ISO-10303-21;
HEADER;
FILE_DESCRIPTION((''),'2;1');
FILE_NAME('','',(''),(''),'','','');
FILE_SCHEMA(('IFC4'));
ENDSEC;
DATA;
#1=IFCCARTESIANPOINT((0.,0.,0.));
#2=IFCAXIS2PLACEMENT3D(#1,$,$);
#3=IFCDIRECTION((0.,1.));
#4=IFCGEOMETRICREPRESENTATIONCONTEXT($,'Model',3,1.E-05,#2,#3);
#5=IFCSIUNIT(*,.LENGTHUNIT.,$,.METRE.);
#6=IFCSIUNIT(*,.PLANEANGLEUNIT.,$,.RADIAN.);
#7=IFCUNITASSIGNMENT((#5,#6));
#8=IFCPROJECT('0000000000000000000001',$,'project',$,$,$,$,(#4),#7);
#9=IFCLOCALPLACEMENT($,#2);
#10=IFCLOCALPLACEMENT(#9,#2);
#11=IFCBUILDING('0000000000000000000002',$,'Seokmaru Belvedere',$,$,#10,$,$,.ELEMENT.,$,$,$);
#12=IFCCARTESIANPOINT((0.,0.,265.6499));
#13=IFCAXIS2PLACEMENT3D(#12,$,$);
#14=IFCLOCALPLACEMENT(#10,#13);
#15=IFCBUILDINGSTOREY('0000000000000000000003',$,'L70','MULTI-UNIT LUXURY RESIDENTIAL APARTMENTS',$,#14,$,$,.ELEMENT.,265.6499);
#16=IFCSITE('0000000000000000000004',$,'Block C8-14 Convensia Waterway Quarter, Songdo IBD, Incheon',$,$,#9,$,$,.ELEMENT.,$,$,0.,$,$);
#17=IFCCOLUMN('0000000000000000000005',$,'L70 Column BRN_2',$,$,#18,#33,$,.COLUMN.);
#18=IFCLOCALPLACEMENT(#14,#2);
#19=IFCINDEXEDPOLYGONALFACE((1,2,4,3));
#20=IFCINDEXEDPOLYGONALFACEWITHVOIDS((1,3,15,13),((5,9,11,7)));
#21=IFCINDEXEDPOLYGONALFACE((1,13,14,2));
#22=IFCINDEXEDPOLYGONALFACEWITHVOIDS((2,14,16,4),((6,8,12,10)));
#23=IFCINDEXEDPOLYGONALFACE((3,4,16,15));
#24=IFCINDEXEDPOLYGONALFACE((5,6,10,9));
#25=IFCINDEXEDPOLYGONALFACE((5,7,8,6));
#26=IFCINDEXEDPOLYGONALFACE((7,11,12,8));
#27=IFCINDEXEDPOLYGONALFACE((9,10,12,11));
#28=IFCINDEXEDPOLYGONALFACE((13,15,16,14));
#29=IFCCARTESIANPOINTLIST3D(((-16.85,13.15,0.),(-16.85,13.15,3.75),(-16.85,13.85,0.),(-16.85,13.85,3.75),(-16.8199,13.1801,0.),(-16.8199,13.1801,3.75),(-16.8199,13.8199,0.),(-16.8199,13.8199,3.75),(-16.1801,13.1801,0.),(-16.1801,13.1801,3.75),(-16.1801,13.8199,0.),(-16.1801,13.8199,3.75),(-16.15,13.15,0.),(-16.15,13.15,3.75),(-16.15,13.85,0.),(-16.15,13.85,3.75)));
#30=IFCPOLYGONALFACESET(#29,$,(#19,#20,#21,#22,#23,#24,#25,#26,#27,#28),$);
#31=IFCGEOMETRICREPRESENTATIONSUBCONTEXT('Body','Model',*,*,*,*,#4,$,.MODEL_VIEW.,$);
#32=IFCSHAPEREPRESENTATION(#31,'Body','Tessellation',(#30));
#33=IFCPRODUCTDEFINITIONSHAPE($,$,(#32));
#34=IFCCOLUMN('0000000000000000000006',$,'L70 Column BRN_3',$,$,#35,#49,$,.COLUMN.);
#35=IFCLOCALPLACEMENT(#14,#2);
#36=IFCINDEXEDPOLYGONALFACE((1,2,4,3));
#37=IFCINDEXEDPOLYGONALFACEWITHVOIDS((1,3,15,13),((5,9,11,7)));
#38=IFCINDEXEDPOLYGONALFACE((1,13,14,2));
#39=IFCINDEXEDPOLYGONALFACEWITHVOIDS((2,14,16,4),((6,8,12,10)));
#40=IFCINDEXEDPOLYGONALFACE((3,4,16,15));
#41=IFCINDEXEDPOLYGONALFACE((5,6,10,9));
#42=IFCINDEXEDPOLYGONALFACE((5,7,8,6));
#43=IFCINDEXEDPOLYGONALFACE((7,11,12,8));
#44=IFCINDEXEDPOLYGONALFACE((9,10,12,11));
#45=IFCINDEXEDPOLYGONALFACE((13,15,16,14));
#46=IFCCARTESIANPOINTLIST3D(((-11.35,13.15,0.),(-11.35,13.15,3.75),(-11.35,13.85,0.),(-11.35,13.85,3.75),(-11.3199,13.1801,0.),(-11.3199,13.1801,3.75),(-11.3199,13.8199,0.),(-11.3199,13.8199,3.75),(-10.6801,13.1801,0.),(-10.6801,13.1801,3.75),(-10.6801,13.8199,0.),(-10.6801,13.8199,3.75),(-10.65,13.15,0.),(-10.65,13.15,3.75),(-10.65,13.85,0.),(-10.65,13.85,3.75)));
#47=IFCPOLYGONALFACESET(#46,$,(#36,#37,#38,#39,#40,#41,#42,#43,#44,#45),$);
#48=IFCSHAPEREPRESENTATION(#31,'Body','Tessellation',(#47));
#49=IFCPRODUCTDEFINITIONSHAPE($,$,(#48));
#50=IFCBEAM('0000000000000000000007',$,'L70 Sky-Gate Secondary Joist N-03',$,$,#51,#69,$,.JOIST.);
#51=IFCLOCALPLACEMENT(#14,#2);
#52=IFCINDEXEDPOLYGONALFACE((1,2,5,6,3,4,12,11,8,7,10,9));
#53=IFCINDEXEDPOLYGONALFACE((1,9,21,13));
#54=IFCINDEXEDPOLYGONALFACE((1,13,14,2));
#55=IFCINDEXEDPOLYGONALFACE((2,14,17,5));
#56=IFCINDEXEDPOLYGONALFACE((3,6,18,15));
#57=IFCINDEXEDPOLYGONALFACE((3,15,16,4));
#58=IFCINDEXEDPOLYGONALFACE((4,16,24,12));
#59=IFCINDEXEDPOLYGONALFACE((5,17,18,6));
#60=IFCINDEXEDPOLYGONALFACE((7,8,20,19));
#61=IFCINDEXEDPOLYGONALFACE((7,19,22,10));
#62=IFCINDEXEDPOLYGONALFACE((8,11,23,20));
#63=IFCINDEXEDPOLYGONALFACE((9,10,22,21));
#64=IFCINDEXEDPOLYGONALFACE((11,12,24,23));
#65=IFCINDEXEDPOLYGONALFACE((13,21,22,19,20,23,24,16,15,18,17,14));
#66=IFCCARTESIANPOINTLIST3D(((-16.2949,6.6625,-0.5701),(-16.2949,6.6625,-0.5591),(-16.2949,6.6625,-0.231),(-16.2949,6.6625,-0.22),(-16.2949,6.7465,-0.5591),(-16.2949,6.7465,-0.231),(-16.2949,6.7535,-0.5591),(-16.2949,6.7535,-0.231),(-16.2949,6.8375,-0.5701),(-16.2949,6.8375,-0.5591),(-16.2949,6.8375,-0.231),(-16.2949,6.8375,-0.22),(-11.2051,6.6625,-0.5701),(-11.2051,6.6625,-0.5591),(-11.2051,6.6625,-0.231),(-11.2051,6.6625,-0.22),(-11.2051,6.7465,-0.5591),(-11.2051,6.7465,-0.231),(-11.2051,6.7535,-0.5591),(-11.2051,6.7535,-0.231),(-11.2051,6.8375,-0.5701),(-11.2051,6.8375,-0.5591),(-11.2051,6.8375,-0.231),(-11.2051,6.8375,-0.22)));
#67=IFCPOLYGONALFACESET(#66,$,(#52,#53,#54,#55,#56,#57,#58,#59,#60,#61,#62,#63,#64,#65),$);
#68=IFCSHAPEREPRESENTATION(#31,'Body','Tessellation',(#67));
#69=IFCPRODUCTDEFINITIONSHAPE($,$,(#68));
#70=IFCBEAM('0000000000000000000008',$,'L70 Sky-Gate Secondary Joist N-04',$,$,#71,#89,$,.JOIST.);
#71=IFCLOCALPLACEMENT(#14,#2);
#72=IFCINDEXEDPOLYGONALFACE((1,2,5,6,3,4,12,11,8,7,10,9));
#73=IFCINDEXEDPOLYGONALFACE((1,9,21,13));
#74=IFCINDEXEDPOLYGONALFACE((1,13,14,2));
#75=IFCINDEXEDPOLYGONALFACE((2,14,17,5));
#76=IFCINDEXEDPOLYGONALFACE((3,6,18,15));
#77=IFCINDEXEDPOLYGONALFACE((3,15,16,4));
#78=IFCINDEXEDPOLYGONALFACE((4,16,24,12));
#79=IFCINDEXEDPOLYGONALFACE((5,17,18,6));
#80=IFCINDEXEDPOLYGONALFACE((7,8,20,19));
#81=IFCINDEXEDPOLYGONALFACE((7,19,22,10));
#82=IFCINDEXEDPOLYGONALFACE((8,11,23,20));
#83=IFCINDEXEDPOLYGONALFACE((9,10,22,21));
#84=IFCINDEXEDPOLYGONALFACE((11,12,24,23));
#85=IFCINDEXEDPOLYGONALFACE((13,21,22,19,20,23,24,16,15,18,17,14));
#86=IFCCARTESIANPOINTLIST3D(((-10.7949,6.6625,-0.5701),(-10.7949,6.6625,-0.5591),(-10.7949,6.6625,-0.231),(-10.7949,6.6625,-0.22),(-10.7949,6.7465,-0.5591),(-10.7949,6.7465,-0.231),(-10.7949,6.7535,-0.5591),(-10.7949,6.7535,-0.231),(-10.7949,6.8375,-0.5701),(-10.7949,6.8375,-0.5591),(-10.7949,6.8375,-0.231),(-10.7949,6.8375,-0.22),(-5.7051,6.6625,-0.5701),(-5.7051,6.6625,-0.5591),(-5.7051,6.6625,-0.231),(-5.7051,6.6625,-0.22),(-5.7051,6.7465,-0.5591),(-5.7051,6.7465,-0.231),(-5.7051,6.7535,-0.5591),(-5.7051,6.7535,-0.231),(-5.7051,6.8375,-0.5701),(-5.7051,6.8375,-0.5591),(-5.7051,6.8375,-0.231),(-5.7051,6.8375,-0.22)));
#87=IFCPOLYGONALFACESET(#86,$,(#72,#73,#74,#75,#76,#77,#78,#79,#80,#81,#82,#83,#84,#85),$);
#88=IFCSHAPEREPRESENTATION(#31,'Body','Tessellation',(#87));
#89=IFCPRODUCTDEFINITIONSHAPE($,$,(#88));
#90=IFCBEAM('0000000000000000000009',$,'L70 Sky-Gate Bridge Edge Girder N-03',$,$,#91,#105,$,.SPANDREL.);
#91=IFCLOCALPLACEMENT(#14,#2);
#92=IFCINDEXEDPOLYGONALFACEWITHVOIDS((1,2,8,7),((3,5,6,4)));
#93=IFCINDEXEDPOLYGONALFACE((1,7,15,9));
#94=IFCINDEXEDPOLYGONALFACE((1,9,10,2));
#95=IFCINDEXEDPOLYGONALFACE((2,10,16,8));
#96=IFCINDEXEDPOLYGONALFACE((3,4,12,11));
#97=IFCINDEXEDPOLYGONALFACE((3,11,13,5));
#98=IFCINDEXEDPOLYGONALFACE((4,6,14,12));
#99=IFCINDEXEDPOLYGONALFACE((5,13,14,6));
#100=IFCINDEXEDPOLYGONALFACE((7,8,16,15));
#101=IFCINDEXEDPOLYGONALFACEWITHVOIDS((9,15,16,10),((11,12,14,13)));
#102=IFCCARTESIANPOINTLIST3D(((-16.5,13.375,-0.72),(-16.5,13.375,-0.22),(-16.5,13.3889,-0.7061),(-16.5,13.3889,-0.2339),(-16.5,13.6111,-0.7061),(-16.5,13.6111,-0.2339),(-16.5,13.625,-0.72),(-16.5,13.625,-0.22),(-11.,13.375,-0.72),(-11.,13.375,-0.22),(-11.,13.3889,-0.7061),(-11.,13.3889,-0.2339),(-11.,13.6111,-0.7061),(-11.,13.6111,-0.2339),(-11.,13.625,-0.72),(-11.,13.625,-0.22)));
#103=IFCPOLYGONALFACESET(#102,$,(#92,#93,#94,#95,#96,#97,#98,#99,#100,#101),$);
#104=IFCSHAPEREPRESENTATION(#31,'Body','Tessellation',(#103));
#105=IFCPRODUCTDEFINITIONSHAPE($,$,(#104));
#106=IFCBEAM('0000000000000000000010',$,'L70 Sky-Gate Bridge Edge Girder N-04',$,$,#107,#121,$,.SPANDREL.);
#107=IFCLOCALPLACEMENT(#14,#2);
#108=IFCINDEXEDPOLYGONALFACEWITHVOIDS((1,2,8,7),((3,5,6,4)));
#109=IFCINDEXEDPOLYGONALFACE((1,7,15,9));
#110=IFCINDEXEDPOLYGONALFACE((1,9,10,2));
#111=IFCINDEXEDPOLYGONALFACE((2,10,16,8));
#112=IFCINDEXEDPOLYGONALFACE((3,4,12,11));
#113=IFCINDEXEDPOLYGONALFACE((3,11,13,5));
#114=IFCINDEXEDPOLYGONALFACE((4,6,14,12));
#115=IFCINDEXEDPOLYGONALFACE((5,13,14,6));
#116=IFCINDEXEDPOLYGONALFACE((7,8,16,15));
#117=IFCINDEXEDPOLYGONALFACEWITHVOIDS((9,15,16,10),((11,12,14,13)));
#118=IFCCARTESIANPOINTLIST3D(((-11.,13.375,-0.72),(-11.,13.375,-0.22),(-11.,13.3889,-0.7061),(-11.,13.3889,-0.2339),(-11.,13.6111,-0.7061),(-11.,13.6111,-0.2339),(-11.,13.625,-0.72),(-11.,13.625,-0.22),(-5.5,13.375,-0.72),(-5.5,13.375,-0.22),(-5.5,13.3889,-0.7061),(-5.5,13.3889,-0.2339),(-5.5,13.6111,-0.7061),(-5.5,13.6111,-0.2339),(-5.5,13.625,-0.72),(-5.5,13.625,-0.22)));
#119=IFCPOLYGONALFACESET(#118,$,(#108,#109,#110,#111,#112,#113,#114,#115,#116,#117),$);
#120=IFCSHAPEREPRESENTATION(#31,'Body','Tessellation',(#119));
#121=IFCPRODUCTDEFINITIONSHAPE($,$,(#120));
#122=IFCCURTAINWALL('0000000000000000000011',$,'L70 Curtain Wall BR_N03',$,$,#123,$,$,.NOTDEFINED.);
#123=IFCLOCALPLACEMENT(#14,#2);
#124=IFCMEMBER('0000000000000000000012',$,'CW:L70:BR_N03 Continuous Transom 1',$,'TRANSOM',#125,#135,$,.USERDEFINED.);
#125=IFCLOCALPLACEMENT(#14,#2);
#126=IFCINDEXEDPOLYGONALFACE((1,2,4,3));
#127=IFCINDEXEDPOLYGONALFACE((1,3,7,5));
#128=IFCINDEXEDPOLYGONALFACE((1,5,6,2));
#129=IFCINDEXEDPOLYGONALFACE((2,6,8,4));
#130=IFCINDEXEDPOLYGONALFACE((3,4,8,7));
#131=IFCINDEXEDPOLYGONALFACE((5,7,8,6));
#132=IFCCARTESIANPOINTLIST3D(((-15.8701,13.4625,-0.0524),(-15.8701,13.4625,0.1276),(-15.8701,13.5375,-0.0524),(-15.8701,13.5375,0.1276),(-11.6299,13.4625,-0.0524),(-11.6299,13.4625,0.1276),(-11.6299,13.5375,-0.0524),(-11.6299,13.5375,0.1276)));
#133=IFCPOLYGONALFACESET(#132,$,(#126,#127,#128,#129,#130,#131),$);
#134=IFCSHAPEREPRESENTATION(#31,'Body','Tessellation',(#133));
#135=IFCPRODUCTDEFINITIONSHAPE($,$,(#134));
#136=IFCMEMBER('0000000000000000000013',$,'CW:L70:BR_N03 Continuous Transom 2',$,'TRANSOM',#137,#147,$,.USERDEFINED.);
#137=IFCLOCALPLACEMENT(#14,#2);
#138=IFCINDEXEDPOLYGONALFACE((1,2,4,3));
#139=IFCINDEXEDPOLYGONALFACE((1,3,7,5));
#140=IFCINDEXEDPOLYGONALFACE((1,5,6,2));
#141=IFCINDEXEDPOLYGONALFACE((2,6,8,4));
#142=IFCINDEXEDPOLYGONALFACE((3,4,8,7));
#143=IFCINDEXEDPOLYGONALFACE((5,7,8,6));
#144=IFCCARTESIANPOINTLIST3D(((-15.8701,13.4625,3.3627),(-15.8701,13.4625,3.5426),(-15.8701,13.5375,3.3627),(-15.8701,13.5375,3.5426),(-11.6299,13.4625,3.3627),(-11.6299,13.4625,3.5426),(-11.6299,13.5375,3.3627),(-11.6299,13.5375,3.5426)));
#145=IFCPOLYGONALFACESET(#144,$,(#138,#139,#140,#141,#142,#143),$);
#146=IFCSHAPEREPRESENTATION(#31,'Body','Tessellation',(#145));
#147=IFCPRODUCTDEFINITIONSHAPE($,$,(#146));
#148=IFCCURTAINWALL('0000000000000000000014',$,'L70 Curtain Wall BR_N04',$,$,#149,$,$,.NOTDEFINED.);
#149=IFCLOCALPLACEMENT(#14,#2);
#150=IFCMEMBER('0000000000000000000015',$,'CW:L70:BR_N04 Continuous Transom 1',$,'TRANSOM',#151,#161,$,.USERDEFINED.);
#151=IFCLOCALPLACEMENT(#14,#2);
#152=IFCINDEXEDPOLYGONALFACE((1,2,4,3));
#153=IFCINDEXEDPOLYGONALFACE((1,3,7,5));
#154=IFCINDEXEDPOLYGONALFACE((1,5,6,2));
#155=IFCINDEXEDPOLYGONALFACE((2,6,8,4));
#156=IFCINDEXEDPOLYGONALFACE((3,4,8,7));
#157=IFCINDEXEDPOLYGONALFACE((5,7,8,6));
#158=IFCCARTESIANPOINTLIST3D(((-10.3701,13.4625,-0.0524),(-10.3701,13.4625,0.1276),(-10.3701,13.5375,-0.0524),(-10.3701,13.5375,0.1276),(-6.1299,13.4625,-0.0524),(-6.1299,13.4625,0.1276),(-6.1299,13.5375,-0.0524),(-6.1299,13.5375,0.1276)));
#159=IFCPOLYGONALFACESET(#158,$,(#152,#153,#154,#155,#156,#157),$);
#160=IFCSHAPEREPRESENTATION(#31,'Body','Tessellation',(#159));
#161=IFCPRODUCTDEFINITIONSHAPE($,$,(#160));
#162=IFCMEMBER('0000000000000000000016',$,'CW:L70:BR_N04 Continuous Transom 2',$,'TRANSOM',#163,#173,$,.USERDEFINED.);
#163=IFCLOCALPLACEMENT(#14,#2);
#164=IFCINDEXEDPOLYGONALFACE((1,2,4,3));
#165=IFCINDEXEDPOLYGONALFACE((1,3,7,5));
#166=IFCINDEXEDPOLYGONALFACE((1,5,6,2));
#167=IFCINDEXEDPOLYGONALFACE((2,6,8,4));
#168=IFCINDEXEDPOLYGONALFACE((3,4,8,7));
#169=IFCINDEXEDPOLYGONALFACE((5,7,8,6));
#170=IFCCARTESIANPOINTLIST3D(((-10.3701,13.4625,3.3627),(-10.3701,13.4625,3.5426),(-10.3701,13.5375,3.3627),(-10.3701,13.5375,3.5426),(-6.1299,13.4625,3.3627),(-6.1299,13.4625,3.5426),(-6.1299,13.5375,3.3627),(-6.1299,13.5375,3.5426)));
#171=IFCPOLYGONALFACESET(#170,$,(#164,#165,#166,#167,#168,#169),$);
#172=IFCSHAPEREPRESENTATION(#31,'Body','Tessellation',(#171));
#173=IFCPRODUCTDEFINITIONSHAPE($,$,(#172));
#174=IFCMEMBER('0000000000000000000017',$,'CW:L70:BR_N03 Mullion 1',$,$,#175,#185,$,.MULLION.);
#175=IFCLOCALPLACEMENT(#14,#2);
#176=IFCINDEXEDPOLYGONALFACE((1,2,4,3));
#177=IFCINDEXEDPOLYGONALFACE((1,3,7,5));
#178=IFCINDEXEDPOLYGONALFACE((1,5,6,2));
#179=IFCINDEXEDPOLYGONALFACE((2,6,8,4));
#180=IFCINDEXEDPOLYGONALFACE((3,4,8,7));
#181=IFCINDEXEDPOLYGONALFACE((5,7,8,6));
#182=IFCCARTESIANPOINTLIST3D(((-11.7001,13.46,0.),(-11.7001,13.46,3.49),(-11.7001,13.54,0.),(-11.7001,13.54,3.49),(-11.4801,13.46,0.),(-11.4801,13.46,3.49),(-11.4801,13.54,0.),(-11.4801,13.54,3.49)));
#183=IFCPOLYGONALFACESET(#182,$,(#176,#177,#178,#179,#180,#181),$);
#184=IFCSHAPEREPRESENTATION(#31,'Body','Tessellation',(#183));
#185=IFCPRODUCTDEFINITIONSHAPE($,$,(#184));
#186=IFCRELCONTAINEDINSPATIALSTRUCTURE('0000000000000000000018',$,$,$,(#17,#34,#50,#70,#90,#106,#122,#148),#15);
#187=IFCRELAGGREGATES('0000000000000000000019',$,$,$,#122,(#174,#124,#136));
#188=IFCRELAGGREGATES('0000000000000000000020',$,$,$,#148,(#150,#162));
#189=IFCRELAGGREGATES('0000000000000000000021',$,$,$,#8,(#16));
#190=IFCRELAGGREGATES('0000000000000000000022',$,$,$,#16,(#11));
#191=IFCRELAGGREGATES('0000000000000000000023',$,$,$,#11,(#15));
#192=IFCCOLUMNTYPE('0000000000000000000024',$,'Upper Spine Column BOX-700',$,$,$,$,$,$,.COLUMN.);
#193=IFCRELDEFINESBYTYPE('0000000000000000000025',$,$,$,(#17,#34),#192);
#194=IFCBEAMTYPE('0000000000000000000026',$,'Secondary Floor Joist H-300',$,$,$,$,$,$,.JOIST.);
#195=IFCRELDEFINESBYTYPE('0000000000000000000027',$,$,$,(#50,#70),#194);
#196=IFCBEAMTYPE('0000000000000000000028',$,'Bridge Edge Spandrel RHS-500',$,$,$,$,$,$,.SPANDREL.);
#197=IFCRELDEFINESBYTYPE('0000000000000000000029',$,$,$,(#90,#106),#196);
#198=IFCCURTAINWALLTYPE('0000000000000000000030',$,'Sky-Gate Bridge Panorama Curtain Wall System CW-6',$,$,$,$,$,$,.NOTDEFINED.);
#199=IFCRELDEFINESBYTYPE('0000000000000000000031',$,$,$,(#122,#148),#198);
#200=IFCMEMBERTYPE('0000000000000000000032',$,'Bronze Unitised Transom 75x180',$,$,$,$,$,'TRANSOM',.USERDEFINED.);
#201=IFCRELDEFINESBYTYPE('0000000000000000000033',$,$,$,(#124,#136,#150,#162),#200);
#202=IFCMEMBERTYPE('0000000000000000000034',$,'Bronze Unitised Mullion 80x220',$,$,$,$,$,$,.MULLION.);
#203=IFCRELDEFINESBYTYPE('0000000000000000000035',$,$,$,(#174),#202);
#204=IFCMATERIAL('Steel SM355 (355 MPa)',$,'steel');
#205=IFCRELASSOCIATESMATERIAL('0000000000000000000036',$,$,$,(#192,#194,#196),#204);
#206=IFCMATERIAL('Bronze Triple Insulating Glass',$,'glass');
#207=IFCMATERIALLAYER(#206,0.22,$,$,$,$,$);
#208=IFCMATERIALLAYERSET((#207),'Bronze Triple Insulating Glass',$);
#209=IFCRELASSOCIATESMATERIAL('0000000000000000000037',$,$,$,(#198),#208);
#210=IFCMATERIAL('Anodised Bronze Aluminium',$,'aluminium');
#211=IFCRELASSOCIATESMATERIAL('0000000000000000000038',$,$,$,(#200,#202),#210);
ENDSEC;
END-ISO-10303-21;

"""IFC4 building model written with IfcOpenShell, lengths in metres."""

from ifc_helpers import new_model, si_unit, direction, frame, origin, origin_2d, place, context, subcontext, project, spatial, rectangle, hollow_rectangle, i_section, extrude, source, transform, mapped, material, layer, layer_set, material_profile, profile_set, type_object, type_shapes, element, aggregate, save


model = new_model("IFC4")

# Units and contexts
model_context = context("Model", 3, precision=1e-05, world=origin(), true_north=direction((0.0, 1.0)))
body_context = subcontext(model_context, "Body", "Model", "MODEL_VIEW")
ifc_project = project(units=[si_unit("LENGTHUNIT", "METRE"), si_unit("PLANEANGLEUNIT", "RADIAN")], contexts=[model_context])

# Site, building, storey
site_placement = place(None, origin())
site = spatial("IfcSite", under=ifc_project, at=site_placement, Name="Block C8-14 Convensia Waterway Quarter, Songdo IBD, Incheon", CompositionType="ELEMENT", RefElevation=0.0)
building_placement = place(site_placement, origin())
building = spatial("IfcBuilding", under=site, at=building_placement, Name="Seokmaru Belvedere", CompositionType="ELEMENT")
storey_placement = place(building_placement, frame((0.0, 0.0, 265.6499)))
storey = spatial("IfcBuildingStorey", under=building, at=storey_placement, Name="L70", Description="MULTI-UNIT LUXURY RESIDENTIAL APARTMENTS", CompositionType="ELEMENT", Elevation=265.6499)

# Columns
ifc_material_1 = material(Name="Steel SM355 (355 MPa)", Category="steel")
ifc_material_profile_1 = material_profile(ifc_material_1, hollow_rectangle(XDim=0.7, YDim=0.7, WallThickness=0.03, at=origin_2d()), Name="BOX-700x700x30")
ifc_profile_set_1 = profile_set([ifc_material_profile_1], Name="Steel SM355 (355 MPa)")
column_type = type_object("IfcColumnType", Name="Upper Spine Column BOX-700", PredefinedType="COLUMN", material=ifc_profile_set_1)
shared_shape_1 = source(origin(), body_context, "Body", "SweptSolid", [
    extrude(hollow_rectangle(XDim=0.7, YDim=0.7, WallThickness=0.03, at=origin_2d()), origin(), (0.0, 0.0, 1.0), 3.75),
])
type_shapes(column_type, [shared_shape_1])
for number, where, z_axis, x_axis, name in (
    (1, (-16.5, 13.5, 0.0), (0.0, 0.0, 1.0), (1.0, 0.0, 0.0), "L70 Column BRN_2"),
    (2, (-11.0, 13.5, 0.0), (0.0, 0.0, 1.0), (1.0, 0.0, 0.0), "L70 Column BRN_3"),
):
    element("IfcColumn", number, at=place(storey_placement, frame(where, z_axis=z_axis, x_axis=x_axis)), inside=storey, type_object=column_type, Name=name, PredefinedType="COLUMN", context=body_context, shape_type="MappedRepresentation", body=[
        mapped(shared_shape_1, transform((0.0, 0.0, 0.0), scale=1.0)),
    ])

# Beams
ifc_material_profile_2 = material_profile(ifc_material_1, i_section(OverallWidth=0.175, OverallDepth=0.3501, WebThickness=0.0071, FlangeThickness=0.011, at=origin_2d()), Name="H-350x175x7x11")
ifc_profile_set_2 = profile_set([ifc_material_profile_2], Name="Steel SM355 (355 MPa)")
beam_type_1 = type_object("IfcBeamType", Name="Secondary Floor Joist H-300", PredefinedType="JOIST", material=ifc_profile_set_2)
shared_shape_2 = source(origin(), body_context, "Body", "SweptSolid", [
    extrude(i_section(OverallWidth=0.175, OverallDepth=0.3501, WebThickness=0.0071, FlangeThickness=0.011, at=origin_2d()), origin(), (0.0, 0.0, 1.0), 5.0898),
])
type_shapes(beam_type_1, [shared_shape_2])
for number, where, z_axis, x_axis, name in (
    (3, (-16.2949, 6.75, -0.395), (1.0, 0.0, 0.0), (0.0, 1.0, 0.0), "L70 Sky-Gate Secondary Joist N-03"),
    (4, (-10.7949, 6.75, -0.395), (1.0, 0.0, 0.0), (0.0, 1.0, 0.0), "L70 Sky-Gate Secondary Joist N-04"),
):
    element("IfcBeam", number, at=place(storey_placement, frame(where, z_axis=z_axis, x_axis=x_axis)), inside=storey, type_object=beam_type_1, Name=name, PredefinedType="JOIST", context=body_context, shape_type="MappedRepresentation", body=[
        mapped(shared_shape_2, transform((0.0, 0.0, 0.0), scale=1.0)),
    ])
ifc_material_profile_3 = material_profile(ifc_material_1, hollow_rectangle(XDim=0.25, YDim=0.5, WallThickness=0.0139, at=origin_2d()), Name="RHS-500x250x14")
ifc_profile_set_3 = profile_set([ifc_material_profile_3], Name="Steel SM355 (355 MPa)")
beam_type_2 = type_object("IfcBeamType", Name="Bridge Edge Spandrel RHS-500", PredefinedType="SPANDREL", material=ifc_profile_set_3)
shared_shape_3 = source(origin(), body_context, "Body", "SweptSolid", [
    extrude(hollow_rectangle(XDim=0.25, YDim=0.5, WallThickness=0.0139, at=origin_2d()), origin(), (0.0, 0.0, 1.0), 5.5),
])
type_shapes(beam_type_2, [shared_shape_3])
for number, where, z_axis, x_axis, name in (
    (5, (-16.5, 13.5, -0.47), (1.0, 0.0, 0.0), (0.0, 1.0, 0.0), "L70 Sky-Gate Bridge Edge Girder N-03"),
    (6, (-11.0, 13.5, -0.47), (1.0, 0.0, 0.0), (0.0, 1.0, 0.0), "L70 Sky-Gate Bridge Edge Girder N-04"),
):
    element("IfcBeam", number, at=place(storey_placement, frame(where, z_axis=z_axis, x_axis=x_axis)), inside=storey, type_object=beam_type_2, Name=name, PredefinedType="SPANDREL", context=body_context, shape_type="MappedRepresentation", body=[
        mapped(shared_shape_3, transform((0.0, 0.0, 0.0), scale=1.0)),
    ])

# Curtain walls, members
ifc_material_2 = material(Name="Bronze Triple Insulating Glass", Category="glass")
ifc_layer_1 = layer(ifc_material_2, 0.22)
ifc_layer_set_1 = layer_set([ifc_layer_1], Name="Bronze Triple Insulating Glass")
curtain_wall_type = type_object("IfcCurtainWallType", Name="Sky-Gate Bridge Panorama Curtain Wall System CW-6", PredefinedType="NOTDEFINED", material=ifc_layer_set_1)
curtain_wall_1_placement = place(storey_placement, origin())
curtain_wall_1 = element("IfcCurtainWall", 7, at=curtain_wall_1_placement, inside=storey, type_object=curtain_wall_type, Name="L70 Curtain Wall BR_N03", PredefinedType="NOTDEFINED")
ifc_material_3 = material(Name="Anodised Bronze Aluminium", Category="aluminium")
ifc_material_profile_4 = material_profile(ifc_material_3, rectangle(XDim=0.075, YDim=0.1799, at=origin_2d()), Name="CW-T-75x180")
ifc_profile_set_4 = profile_set([ifc_material_profile_4], Name="Anodised Bronze Aluminium")
member_type_1 = type_object("IfcMemberType", Name="Bronze Unitised Transom 75x180", ElementType="TRANSOM", PredefinedType="USERDEFINED", material=ifc_profile_set_4)
shared_shape_4 = source(origin(), body_context, "Body", "SweptSolid", [
    extrude(rectangle(XDim=0.075, YDim=0.1799, at=origin_2d()), origin(), (0.0, 0.0, 1.0), 4.2402),
])
type_shapes(member_type_1, [shared_shape_4])
member_1_placement = place(storey_placement, frame((-11.6299, 13.5, 0.0376), z_axis=(-1.0, 0.0, 0.0), x_axis=(0.0, -1.0, 0.0)))
member_1 = element("IfcMember", 8, at=member_1_placement, type_object=member_type_1, Name="CW:L70:BR_N03 Continuous Transom 1", ObjectType="TRANSOM", PredefinedType="USERDEFINED", context=body_context, shape_type="MappedRepresentation", body=[
    mapped(shared_shape_4, transform((0.0, 0.0, 0.0), scale=1.0)),
])
member_2_placement = place(storey_placement, frame((-11.6299, 13.5, 3.4526), z_axis=(-1.0, 0.0, 0.0), x_axis=(0.0, -1.0, 0.0)))
member_2 = element("IfcMember", 9, at=member_2_placement, type_object=member_type_1, Name="CW:L70:BR_N03 Continuous Transom 2", ObjectType="TRANSOM", PredefinedType="USERDEFINED", context=body_context, shape_type="MappedRepresentation", body=[
    mapped(shared_shape_4, transform((0.0, 0.0, 0.0), scale=1.0)),
])
curtain_wall_2_placement = place(storey_placement, origin())
curtain_wall_2 = element("IfcCurtainWall", 10, at=curtain_wall_2_placement, inside=storey, type_object=curtain_wall_type, Name="L70 Curtain Wall BR_N04", PredefinedType="NOTDEFINED")
member_3_placement = place(storey_placement, frame((-6.1299, 13.5, 0.0376), z_axis=(-1.0, 0.0, 0.0), x_axis=(0.0, -1.0, 0.0)))
member_3 = element("IfcMember", 11, at=member_3_placement, type_object=member_type_1, Name="CW:L70:BR_N04 Continuous Transom 1", ObjectType="TRANSOM", PredefinedType="USERDEFINED", context=body_context, shape_type="MappedRepresentation", body=[
    mapped(shared_shape_4, transform((0.0, 0.0, 0.0), scale=1.0)),
])
member_4_placement = place(storey_placement, frame((-6.1299, 13.5, 3.4526), z_axis=(-1.0, 0.0, 0.0), x_axis=(0.0, -1.0, 0.0)))
member_4 = element("IfcMember", 12, at=member_4_placement, type_object=member_type_1, Name="CW:L70:BR_N04 Continuous Transom 2", ObjectType="TRANSOM", PredefinedType="USERDEFINED", context=body_context, shape_type="MappedRepresentation", body=[
    mapped(shared_shape_4, transform((0.0, 0.0, 0.0), scale=1.0)),
])

# Member
ifc_material_profile_5 = material_profile(ifc_material_3, rectangle(XDim=0.0801, YDim=0.22, at=origin_2d()), Name="CW-M-80x220")
ifc_profile_set_5 = profile_set([ifc_material_profile_5], Name="Anodised Bronze Aluminium")
member_type_2 = type_object("IfcMemberType", Name="Bronze Unitised Mullion 80x220", PredefinedType="MULLION", material=ifc_profile_set_5)
shared_shape_5 = source(origin(), body_context, "Body", "SweptSolid", [
    extrude(rectangle(XDim=0.0801, YDim=0.22, at=origin_2d()), origin(), (0.0, 0.0, 1.0), 3.49),
])
type_shapes(member_type_2, [shared_shape_5])
member_5_placement = place(storey_placement, frame((-11.5901, 13.5, 0.0), z_axis=(0.0, 0.0, 1.0), x_axis=(0.0, -1.0, 0.0)))
member_5 = element("IfcMember", 13, at=member_5_placement, type_object=member_type_2, Name="CW:L70:BR_N03 Mullion 1", PredefinedType="MULLION", context=body_context, shape_type="MappedRepresentation", body=[
    mapped(shared_shape_5, transform((0.0, 0.0, 0.0), scale=1.0)),
])

aggregate(curtain_wall_1, [member_5, member_1, member_2])
aggregate(curtain_wall_2, [member_3, member_4])

save(model, "model.ifc")
